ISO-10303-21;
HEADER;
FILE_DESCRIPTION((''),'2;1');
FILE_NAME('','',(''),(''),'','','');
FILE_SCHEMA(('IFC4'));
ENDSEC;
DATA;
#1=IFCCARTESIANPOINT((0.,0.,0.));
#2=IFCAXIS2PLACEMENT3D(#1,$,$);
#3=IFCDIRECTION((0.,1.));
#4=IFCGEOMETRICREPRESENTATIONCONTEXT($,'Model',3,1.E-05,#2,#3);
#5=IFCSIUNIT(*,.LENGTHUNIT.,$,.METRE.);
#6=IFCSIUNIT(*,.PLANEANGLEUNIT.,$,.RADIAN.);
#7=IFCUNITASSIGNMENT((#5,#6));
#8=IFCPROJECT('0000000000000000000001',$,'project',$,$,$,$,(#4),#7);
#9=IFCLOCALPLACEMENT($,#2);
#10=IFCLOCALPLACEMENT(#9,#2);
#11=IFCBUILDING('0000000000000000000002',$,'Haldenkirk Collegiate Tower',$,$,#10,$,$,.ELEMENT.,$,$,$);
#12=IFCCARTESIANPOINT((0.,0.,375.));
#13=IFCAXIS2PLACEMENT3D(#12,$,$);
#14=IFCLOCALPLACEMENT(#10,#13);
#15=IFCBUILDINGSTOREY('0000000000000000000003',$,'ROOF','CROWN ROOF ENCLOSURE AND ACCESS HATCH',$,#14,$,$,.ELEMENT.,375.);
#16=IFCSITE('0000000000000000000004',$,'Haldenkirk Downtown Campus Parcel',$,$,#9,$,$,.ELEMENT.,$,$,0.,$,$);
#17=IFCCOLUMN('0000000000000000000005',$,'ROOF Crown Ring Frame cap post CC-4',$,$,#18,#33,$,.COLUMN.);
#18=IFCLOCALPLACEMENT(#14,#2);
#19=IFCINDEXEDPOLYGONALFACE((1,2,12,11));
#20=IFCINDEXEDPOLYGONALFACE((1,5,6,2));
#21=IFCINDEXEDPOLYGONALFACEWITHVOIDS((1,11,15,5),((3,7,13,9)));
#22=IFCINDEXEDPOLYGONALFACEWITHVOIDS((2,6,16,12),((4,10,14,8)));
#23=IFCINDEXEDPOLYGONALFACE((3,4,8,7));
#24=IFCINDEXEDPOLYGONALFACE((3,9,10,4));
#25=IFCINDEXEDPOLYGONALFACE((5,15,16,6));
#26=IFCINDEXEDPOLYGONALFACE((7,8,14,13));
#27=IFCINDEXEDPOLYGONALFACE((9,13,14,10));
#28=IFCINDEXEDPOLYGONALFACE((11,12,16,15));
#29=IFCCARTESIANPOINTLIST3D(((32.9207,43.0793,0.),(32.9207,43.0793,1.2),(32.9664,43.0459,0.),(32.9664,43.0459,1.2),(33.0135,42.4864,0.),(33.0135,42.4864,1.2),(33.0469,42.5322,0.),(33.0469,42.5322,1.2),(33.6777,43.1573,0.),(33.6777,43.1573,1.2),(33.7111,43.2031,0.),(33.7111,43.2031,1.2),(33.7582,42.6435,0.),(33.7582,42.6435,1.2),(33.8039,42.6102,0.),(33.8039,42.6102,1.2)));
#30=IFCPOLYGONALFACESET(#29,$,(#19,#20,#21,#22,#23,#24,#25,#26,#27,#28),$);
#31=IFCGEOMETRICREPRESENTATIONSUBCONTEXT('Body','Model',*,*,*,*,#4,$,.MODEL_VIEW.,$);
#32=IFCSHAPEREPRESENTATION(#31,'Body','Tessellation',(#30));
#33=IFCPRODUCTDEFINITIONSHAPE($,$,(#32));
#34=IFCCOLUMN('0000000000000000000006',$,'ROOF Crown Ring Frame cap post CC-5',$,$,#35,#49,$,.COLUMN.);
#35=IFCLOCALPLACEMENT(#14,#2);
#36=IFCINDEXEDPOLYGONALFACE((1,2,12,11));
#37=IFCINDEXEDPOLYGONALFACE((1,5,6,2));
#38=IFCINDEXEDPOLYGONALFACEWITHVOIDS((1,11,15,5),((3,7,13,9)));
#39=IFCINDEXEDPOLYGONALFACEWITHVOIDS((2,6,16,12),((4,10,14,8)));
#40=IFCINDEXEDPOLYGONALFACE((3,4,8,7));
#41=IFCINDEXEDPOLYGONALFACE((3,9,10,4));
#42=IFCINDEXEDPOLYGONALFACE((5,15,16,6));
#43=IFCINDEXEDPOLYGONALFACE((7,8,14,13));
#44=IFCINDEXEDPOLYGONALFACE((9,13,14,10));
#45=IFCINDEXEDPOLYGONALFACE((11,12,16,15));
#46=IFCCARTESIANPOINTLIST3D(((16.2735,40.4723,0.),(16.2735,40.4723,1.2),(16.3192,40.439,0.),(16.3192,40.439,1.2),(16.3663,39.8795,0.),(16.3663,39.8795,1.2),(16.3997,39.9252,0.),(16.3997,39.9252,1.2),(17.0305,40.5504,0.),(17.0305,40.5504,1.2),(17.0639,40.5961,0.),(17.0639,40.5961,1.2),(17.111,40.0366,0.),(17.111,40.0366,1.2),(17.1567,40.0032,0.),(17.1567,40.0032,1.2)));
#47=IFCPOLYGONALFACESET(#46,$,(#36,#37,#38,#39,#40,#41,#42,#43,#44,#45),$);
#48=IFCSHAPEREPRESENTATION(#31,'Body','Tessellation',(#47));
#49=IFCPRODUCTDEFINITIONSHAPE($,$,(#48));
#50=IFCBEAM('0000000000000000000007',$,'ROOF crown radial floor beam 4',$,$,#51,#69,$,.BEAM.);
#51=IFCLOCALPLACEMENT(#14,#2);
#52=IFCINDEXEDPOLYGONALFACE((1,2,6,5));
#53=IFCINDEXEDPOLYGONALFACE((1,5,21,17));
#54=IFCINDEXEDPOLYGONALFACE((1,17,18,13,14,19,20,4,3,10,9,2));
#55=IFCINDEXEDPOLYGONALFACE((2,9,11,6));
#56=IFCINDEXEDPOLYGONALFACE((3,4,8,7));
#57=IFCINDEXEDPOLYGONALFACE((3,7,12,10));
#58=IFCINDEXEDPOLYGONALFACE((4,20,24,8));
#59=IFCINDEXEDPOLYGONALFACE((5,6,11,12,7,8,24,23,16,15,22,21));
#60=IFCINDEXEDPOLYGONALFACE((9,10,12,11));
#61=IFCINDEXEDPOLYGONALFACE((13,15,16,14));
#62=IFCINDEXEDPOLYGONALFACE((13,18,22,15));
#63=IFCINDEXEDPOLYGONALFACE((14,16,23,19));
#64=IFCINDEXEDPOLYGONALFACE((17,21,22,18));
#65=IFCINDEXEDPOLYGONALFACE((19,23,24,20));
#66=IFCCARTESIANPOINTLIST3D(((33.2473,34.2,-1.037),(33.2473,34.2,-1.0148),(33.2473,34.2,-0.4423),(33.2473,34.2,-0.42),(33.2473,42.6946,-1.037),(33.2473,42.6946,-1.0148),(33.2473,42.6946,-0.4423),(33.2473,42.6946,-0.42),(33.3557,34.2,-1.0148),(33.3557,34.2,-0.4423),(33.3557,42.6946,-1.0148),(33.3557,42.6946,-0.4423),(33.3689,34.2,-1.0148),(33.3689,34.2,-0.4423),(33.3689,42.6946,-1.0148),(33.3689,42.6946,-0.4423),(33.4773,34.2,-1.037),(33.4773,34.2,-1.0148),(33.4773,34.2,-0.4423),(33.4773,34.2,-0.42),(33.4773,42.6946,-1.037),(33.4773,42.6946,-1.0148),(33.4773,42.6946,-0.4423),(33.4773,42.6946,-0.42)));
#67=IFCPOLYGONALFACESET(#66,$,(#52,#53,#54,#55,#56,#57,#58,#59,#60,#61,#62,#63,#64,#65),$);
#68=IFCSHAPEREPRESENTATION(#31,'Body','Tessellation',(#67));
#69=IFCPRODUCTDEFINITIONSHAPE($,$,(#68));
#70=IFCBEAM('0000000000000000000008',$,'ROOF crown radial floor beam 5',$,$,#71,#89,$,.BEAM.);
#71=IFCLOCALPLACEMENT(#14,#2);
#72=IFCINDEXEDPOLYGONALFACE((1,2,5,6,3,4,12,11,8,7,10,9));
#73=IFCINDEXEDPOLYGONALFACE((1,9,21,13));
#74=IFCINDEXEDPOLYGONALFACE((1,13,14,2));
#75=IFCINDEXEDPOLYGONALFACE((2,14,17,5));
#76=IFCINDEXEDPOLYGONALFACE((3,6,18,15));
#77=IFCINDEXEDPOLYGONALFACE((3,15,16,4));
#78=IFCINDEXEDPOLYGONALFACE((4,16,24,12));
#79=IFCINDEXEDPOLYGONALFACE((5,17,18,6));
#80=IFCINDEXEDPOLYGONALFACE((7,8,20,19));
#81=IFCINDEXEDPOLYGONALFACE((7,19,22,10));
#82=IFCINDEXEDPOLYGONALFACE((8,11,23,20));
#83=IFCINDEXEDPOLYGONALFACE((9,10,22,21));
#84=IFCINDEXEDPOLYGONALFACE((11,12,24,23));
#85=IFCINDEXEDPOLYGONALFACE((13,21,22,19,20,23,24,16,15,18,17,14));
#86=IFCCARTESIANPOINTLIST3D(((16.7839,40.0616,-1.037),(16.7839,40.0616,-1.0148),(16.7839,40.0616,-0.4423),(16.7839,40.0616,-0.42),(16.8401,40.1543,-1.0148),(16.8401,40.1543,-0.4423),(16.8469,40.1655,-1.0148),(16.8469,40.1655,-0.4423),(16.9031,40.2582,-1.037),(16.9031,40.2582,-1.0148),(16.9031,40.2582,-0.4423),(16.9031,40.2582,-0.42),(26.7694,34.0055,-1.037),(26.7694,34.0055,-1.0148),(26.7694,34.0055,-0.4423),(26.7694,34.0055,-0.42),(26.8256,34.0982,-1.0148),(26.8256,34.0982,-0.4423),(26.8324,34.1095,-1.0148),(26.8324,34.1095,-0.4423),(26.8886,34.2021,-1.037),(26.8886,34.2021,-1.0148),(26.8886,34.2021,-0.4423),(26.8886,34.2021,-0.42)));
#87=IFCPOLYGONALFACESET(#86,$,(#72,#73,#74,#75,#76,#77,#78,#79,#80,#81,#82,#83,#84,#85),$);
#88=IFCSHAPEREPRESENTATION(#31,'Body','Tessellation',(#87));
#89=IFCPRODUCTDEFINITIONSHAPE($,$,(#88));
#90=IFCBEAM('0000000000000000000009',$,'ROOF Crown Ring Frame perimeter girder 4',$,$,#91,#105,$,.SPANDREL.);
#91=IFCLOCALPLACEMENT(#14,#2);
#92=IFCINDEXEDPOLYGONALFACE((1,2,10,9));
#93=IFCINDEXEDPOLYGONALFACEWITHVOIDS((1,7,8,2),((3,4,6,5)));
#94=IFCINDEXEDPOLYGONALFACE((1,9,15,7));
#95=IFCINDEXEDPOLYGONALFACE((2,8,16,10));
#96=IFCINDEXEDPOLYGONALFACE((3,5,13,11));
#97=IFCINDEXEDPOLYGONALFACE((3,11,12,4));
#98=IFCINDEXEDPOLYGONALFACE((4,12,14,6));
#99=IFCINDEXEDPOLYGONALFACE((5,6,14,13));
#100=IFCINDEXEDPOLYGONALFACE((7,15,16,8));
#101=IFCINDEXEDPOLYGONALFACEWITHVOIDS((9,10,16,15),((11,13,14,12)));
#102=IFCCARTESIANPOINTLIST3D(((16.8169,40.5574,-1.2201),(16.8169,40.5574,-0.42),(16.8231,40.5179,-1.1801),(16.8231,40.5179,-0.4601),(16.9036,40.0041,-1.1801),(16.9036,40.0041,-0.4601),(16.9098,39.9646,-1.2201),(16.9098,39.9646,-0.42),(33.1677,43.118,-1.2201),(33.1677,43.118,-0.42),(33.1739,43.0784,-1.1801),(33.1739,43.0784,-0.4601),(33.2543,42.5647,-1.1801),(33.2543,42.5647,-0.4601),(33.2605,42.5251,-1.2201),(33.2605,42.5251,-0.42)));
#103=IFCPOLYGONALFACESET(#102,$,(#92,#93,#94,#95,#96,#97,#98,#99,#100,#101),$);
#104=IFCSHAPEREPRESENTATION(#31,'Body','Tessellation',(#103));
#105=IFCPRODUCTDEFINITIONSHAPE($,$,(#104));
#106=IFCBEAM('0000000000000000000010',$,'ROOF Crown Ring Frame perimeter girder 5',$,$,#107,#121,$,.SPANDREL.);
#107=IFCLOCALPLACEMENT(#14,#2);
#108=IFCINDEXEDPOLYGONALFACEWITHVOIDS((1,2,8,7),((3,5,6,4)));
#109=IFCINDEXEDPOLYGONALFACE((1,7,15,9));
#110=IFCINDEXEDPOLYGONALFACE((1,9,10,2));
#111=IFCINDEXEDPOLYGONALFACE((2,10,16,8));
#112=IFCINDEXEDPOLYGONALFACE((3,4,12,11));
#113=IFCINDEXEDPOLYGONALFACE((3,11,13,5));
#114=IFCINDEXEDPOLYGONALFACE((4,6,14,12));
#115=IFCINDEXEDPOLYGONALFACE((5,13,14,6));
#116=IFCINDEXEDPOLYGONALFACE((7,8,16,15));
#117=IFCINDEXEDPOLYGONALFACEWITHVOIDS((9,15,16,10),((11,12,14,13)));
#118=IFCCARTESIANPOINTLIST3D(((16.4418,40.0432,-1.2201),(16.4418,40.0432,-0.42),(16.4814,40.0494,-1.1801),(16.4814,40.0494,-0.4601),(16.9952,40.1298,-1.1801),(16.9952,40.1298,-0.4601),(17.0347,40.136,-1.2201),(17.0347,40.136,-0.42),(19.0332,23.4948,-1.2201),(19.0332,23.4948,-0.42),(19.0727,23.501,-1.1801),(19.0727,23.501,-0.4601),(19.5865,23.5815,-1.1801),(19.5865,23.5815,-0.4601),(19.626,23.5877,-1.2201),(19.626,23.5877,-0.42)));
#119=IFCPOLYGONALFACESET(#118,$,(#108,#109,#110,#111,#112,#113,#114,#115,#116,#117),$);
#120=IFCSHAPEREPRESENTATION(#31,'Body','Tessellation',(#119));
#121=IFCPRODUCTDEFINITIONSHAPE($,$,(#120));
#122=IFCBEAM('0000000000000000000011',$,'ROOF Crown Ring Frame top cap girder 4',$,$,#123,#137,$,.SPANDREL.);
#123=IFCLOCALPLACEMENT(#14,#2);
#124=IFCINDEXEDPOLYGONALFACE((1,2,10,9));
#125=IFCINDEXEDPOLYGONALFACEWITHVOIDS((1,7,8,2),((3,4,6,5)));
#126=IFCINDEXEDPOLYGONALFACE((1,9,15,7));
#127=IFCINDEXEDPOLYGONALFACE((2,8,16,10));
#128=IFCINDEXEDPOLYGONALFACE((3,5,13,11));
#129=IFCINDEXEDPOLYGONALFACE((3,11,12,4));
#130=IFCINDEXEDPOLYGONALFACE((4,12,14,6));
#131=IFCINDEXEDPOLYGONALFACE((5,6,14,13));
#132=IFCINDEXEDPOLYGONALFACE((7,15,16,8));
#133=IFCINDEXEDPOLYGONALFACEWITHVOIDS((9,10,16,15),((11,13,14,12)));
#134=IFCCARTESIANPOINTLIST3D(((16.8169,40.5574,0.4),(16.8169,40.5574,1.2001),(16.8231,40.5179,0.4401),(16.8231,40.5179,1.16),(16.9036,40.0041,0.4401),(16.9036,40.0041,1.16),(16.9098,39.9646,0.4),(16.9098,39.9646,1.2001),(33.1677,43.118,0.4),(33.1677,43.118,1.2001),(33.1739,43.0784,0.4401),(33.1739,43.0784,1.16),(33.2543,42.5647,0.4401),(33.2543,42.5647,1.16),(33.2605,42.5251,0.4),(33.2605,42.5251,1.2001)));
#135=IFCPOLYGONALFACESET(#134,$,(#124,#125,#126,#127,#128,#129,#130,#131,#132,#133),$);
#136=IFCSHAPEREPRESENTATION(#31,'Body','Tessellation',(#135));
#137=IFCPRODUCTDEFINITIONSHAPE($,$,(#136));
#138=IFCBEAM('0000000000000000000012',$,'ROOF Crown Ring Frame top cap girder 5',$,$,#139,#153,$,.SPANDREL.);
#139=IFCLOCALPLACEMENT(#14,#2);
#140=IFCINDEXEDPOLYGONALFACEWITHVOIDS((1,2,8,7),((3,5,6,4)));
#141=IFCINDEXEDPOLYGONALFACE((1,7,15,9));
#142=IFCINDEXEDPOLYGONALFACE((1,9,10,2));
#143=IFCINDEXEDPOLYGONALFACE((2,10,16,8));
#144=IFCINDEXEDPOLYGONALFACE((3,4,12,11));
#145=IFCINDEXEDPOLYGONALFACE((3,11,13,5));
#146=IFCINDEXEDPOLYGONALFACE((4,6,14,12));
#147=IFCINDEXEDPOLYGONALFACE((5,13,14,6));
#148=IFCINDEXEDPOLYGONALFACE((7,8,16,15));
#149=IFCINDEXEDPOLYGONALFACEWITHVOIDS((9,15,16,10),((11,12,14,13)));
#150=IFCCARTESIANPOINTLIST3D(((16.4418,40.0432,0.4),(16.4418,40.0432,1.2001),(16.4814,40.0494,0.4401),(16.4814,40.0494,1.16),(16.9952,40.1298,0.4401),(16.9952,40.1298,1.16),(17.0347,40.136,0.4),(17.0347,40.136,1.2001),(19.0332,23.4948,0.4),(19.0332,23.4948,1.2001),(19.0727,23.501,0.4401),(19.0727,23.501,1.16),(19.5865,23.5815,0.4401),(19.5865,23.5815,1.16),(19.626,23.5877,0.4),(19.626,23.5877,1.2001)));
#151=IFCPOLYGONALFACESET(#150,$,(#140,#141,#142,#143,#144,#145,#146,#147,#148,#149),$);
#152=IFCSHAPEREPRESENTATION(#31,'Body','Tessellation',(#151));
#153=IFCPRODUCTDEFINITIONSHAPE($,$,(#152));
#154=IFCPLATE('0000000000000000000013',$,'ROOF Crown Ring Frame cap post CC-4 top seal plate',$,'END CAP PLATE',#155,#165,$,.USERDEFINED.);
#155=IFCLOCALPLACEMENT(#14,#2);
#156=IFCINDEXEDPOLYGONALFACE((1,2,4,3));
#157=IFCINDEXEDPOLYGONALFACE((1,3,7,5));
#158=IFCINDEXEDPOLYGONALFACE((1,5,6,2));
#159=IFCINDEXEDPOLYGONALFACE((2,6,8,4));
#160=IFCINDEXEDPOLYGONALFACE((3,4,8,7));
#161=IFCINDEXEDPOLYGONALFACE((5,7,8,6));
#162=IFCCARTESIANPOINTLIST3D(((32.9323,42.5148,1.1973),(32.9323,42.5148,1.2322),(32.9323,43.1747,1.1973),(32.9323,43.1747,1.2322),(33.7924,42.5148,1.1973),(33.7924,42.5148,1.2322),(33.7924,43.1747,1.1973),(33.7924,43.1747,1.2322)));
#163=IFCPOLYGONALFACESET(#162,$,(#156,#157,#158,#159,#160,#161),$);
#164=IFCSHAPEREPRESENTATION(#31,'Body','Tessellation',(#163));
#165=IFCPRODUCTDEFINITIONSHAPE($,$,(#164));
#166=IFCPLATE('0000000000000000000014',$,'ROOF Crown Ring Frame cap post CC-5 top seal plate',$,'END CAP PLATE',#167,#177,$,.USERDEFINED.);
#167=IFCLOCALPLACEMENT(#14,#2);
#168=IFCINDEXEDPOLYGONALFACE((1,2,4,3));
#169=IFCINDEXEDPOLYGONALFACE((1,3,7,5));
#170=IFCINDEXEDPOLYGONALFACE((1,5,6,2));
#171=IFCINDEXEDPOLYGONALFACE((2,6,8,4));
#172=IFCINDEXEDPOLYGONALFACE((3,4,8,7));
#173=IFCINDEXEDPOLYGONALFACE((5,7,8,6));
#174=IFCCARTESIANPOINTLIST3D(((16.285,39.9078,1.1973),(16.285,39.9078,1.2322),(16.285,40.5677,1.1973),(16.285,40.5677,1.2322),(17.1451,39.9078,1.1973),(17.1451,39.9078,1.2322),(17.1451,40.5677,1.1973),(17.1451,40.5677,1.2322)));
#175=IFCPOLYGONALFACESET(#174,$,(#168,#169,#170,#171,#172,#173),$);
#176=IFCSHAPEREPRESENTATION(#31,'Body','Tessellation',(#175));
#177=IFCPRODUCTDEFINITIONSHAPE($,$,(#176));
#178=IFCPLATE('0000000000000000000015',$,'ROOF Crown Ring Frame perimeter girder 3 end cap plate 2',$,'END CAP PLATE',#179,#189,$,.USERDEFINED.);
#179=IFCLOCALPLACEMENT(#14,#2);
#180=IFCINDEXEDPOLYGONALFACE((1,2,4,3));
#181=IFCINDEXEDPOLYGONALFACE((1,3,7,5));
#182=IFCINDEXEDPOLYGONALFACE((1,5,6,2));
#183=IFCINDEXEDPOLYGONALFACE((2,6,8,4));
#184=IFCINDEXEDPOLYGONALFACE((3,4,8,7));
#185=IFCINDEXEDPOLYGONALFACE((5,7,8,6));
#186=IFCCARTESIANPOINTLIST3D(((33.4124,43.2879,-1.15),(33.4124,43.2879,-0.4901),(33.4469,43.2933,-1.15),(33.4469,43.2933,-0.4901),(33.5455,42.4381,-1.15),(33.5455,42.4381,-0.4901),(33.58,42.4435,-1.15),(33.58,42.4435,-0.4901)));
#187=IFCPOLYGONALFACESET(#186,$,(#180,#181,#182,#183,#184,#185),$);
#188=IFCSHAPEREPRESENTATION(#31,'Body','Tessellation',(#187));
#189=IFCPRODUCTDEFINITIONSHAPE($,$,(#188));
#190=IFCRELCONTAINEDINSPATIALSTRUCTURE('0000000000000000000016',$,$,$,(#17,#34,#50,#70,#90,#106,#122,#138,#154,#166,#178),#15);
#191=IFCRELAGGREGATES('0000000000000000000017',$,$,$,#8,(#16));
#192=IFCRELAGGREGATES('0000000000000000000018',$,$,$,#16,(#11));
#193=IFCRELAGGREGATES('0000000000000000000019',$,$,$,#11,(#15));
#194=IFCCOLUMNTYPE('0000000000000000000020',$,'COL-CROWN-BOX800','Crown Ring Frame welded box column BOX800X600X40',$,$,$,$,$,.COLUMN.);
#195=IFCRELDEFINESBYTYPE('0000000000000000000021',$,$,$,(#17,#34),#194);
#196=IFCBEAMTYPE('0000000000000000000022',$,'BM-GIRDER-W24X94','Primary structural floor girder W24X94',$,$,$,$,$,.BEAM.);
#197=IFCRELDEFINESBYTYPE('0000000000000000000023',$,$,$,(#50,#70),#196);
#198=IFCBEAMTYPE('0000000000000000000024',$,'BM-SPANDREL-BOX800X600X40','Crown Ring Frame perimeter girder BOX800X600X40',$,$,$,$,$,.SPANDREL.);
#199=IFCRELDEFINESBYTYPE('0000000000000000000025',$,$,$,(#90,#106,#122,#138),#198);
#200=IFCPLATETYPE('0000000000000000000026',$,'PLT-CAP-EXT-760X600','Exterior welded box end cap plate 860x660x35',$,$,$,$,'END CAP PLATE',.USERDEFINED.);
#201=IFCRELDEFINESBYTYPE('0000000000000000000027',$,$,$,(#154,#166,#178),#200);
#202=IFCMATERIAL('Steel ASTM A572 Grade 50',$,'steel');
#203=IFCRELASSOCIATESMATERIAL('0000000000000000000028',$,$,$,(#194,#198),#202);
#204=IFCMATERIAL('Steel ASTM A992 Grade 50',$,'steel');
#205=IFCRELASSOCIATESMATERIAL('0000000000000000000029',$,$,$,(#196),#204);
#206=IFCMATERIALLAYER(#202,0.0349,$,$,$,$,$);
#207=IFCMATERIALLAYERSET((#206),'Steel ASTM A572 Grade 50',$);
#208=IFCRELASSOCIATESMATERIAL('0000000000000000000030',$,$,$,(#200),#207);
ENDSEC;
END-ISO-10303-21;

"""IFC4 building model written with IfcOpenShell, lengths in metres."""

from ifc_helpers import new_model, si_unit, direction, frame, origin, origin_2d, place, context, subcontext, project, spatial, rectangle, hollow_rectangle, i_section, extrude, source, transform, mapped, material, layer, layer_set, material_profile, profile_set, type_object, element, save


model = new_model("IFC4")

# Units and contexts
model_context = context("Model", 3, precision=1e-05, world=origin(), true_north=direction((0.0, 1.0)))
body_context = subcontext(model_context, "Body", "Model", "MODEL_VIEW")
ifc_project = project(units=[si_unit("LENGTHUNIT", "METRE"), si_unit("PLANEANGLEUNIT", "RADIAN")], contexts=[model_context])

# Site, building, storey
site_placement = place(None, origin())
site = spatial("IfcSite", under=ifc_project, at=site_placement, Name="Haldenkirk Downtown Campus Parcel", CompositionType="ELEMENT", RefElevation=0.0)
building_placement = place(site_placement, origin())
building = spatial("IfcBuilding", under=site, at=building_placement, Name="Haldenkirk Collegiate Tower", CompositionType="ELEMENT")
storey_placement = place(building_placement, frame((0.0, 0.0, 375.0)))
storey = spatial("IfcBuildingStorey", under=building, at=storey_placement, Name="ROOF", Description="CROWN ROOF ENCLOSURE AND ACCESS HATCH", CompositionType="ELEMENT", Elevation=375.0)

# Columns
ifc_material_1 = material(Name="Steel ASTM A572 Grade 50", Category="steel")
ifc_material_profile_1 = material_profile(ifc_material_1, hollow_rectangle(XDim=0.6001, YDim=0.8, WallThickness=0.04, at=origin_2d()), Name="BOX800X600X40")
ifc_profile_set_1 = profile_set([ifc_material_profile_1], Name="Steel ASTM A572 Grade 50")
column_type = type_object("IfcColumnType", Name="COL-CROWN-BOX800", Description="Crown Ring Frame welded box column BOX800X600X40", PredefinedType="COLUMN", material=ifc_profile_set_1)
for number, where, z_axis, x_axis, name in (
    (1, (33.3623, 42.8447, 0.0), (0.0, 0.0, 1.0), (-0.15471, 0.98796, 0.0), "ROOF Crown Ring Frame cap post CC-4"),
    (2, (16.7151, 40.2378, 0.0), (0.0, 0.0, 1.0), (-0.15471, 0.98796, 0.0), "ROOF Crown Ring Frame cap post CC-5"),
):
    element("IfcColumn", number, at=place(storey_placement, frame(where, z_axis=z_axis, x_axis=x_axis)), inside=storey, type_object=column_type, Name=name, PredefinedType="COLUMN", context=body_context, shape_type="SweptSolid", body=[
        extrude(hollow_rectangle(XDim=0.6001, YDim=0.8, WallThickness=0.04, at=origin_2d()), origin(), (0.0, 0.0, 1.0), 1.2),
    ])

# Beams
ifc_material_2 = material(Name="Steel ASTM A992 Grade 50", Category="steel")
ifc_material_profile_2 = material_profile(ifc_material_2, i_section(OverallWidth=0.23, OverallDepth=0.6169, WebThickness=0.0132, FlangeThickness=0.0222, at=origin_2d()), Name="W24X94")
ifc_profile_set_2 = profile_set([ifc_material_profile_2], Name="Steel ASTM A992 Grade 50")
beam_type_1 = type_object("IfcBeamType", Name="BM-GIRDER-W24X94", Description="Primary structural floor girder W24X94", PredefinedType="BEAM", material=ifc_profile_set_2)
beam_1_placement = place(storey_placement, frame((33.3623, 42.6946, -0.7285), z_axis=(0.0, -1.0, 0.0), x_axis=(1.0, 0.0, 0.0)))
element("IfcBeam", 3, at=beam_1_placement, inside=storey, type_object=beam_type_1, Name="ROOF crown radial floor beam 4", PredefinedType="BEAM", context=body_context, shape_type="SweptSolid", body=[
    extrude(i_section(OverallWidth=0.23, OverallDepth=0.6169, WebThickness=0.0132, FlangeThickness=0.0222, at=origin_2d()), origin(), (0.0, 0.0, 1.0), 8.4946),
])
beam_2_placement = place(storey_placement, frame((16.8435, 40.1599, -0.7285), z_axis=(0.855035, -0.518569, 0.0), x_axis=(0.518569, 0.855035, 0.0)))
element("IfcBeam", 4, at=beam_2_placement, inside=storey, type_object=beam_type_1, Name="ROOF crown radial floor beam 5", PredefinedType="BEAM", context=body_context, shape_type="SweptSolid", body=[
    extrude(i_section(OverallWidth=0.23, OverallDepth=0.6169, WebThickness=0.0132, FlangeThickness=0.0222, at=origin_2d()), origin(), (0.0, 0.0, 1.0), 11.6785),
])
ifc_material_profile_3 = material_profile(ifc_material_1, hollow_rectangle(XDim=0.6001, YDim=0.8, WallThickness=0.04, at=origin_2d()), Name="BOX800X600X40")
ifc_profile_set_3 = profile_set([ifc_material_profile_3], Name="Steel ASTM A572 Grade 50")
beam_type_2 = type_object("IfcBeamType", Name="BM-SPANDREL-BOX800X600X40", Description="Crown Ring Frame perimeter girder BOX800X600X40", PredefinedType="SPANDREL", material=ifc_profile_set_3)
beam_3_placement = place(storey_placement, frame((33.2141, 42.8215, -0.8201), z_axis=(-0.987959, -0.154715, 0.0), x_axis=(0.154715, -0.987959, 0.0)))
element("IfcBeam", 5, at=beam_3_placement, inside=storey, type_object=beam_type_2, Name="ROOF Crown Ring Frame perimeter girder 4", PredefinedType="SPANDREL", context=body_context, shape_type="SweptSolid", body=[
    extrude(hollow_rectangle(XDim=0.6001, YDim=0.8, WallThickness=0.04, at=origin_2d()), origin(), (0.0, 0.0, 1.0), 16.55),
])
beam_4_placement = place(storey_placement, frame((16.7383, 40.0896, -0.8201), z_axis=(0.154705, -0.987961, 0.0), x_axis=(0.987961, 0.154705, 0.0)))
element("IfcBeam", 6, at=beam_4_placement, inside=storey, type_object=beam_type_2, Name="ROOF Crown Ring Frame perimeter girder 5", PredefinedType="SPANDREL", context=body_context, shape_type="SweptSolid", body=[
    extrude(hollow_rectangle(XDim=0.6001, YDim=0.8, WallThickness=0.04, at=origin_2d()), origin(), (0.0, 0.0, 1.0), 16.75),
])
beam_5_placement = place(storey_placement, frame((33.2141, 42.8215, 0.8), z_axis=(-0.987959, -0.154715, 0.0), x_axis=(0.154715, -0.987959, 0.0)))
element("IfcBeam", 7, at=beam_5_placement, inside=storey, type_object=beam_type_2, Name="ROOF Crown Ring Frame top cap girder 4", PredefinedType="SPANDREL", context=body_context, shape_type="SweptSolid", body=[
    extrude(hollow_rectangle(XDim=0.6001, YDim=0.8, WallThickness=0.04, at=origin_2d()), origin(), (0.0, 0.0, 1.0), 16.55),
])
beam_6_placement = place(storey_placement, frame((16.7383, 40.0896, 0.8), z_axis=(0.154705, -0.987961, 0.0), x_axis=(0.987961, 0.154705, 0.0)))
element("IfcBeam", 8, at=beam_6_placement, inside=storey, type_object=beam_type_2, Name="ROOF Crown Ring Frame top cap girder 5", PredefinedType="SPANDREL", context=body_context, shape_type="SweptSolid", body=[
    extrude(hollow_rectangle(XDim=0.6001, YDim=0.8, WallThickness=0.04, at=origin_2d()), origin(), (0.0, 0.0, 1.0), 16.75),
])

# Plates
ifc_layer_1 = layer(ifc_material_1, 0.0349)
ifc_layer_set_1 = layer_set([ifc_layer_1], Name="Steel ASTM A572 Grade 50")
plate_type = type_object("IfcPlateType", Name="PLT-CAP-EXT-760X600", Description="Exterior welded box end cap plate 860x660x35", ElementType="END CAP PLATE", PredefinedType="USERDEFINED", material=ifc_layer_set_1)
shared_shape = source(origin(), body_context, "Body", "SweptSolid", [
    extrude(rectangle(XDim=0.8601, YDim=0.6599, at=origin_2d()), origin(), (0.0, 0.0, 1.0), 0.0349),
])
for number, where, z_axis, x_axis, name in (
    (9, (33.3623, 42.8447, 1.1973), (0.0, 0.0, 1.0), (1.0, 0.0, 0.0), "ROOF Crown Ring Frame cap post CC-4 top seal plate"),
    (10, (16.7151, 40.2378, 1.1973), (0.0, 0.0, 1.0), (1.0, 0.0, 0.0), "ROOF Crown Ring Frame cap post CC-5 top seal plate"),
    (11, (33.5134, 42.8684, -0.8201), (-0.987959, -0.154713, 0.0), (0.154713, -0.987959, 0.0), "ROOF Crown Ring Frame perimeter girder 3 end cap plate 2"),
):
    element("IfcPlate", number, at=place(storey_placement, frame(where, z_axis=z_axis, x_axis=x_axis)), inside=storey, type_object=plate_type, Name=name, ObjectType="END CAP PLATE", PredefinedType="USERDEFINED", context=body_context, shape_type="MappedRepresentation", body=[
        mapped(shared_shape, transform((0.0, 0.0, 0.0), x_axis=(1.0, 0.0, 0.0), y_axis=(0.0, 1.0, 0.0), z_axis=(0.0, 0.0, 1.0), scale=1.0)),
    ])

save(model, "model.ifc")
